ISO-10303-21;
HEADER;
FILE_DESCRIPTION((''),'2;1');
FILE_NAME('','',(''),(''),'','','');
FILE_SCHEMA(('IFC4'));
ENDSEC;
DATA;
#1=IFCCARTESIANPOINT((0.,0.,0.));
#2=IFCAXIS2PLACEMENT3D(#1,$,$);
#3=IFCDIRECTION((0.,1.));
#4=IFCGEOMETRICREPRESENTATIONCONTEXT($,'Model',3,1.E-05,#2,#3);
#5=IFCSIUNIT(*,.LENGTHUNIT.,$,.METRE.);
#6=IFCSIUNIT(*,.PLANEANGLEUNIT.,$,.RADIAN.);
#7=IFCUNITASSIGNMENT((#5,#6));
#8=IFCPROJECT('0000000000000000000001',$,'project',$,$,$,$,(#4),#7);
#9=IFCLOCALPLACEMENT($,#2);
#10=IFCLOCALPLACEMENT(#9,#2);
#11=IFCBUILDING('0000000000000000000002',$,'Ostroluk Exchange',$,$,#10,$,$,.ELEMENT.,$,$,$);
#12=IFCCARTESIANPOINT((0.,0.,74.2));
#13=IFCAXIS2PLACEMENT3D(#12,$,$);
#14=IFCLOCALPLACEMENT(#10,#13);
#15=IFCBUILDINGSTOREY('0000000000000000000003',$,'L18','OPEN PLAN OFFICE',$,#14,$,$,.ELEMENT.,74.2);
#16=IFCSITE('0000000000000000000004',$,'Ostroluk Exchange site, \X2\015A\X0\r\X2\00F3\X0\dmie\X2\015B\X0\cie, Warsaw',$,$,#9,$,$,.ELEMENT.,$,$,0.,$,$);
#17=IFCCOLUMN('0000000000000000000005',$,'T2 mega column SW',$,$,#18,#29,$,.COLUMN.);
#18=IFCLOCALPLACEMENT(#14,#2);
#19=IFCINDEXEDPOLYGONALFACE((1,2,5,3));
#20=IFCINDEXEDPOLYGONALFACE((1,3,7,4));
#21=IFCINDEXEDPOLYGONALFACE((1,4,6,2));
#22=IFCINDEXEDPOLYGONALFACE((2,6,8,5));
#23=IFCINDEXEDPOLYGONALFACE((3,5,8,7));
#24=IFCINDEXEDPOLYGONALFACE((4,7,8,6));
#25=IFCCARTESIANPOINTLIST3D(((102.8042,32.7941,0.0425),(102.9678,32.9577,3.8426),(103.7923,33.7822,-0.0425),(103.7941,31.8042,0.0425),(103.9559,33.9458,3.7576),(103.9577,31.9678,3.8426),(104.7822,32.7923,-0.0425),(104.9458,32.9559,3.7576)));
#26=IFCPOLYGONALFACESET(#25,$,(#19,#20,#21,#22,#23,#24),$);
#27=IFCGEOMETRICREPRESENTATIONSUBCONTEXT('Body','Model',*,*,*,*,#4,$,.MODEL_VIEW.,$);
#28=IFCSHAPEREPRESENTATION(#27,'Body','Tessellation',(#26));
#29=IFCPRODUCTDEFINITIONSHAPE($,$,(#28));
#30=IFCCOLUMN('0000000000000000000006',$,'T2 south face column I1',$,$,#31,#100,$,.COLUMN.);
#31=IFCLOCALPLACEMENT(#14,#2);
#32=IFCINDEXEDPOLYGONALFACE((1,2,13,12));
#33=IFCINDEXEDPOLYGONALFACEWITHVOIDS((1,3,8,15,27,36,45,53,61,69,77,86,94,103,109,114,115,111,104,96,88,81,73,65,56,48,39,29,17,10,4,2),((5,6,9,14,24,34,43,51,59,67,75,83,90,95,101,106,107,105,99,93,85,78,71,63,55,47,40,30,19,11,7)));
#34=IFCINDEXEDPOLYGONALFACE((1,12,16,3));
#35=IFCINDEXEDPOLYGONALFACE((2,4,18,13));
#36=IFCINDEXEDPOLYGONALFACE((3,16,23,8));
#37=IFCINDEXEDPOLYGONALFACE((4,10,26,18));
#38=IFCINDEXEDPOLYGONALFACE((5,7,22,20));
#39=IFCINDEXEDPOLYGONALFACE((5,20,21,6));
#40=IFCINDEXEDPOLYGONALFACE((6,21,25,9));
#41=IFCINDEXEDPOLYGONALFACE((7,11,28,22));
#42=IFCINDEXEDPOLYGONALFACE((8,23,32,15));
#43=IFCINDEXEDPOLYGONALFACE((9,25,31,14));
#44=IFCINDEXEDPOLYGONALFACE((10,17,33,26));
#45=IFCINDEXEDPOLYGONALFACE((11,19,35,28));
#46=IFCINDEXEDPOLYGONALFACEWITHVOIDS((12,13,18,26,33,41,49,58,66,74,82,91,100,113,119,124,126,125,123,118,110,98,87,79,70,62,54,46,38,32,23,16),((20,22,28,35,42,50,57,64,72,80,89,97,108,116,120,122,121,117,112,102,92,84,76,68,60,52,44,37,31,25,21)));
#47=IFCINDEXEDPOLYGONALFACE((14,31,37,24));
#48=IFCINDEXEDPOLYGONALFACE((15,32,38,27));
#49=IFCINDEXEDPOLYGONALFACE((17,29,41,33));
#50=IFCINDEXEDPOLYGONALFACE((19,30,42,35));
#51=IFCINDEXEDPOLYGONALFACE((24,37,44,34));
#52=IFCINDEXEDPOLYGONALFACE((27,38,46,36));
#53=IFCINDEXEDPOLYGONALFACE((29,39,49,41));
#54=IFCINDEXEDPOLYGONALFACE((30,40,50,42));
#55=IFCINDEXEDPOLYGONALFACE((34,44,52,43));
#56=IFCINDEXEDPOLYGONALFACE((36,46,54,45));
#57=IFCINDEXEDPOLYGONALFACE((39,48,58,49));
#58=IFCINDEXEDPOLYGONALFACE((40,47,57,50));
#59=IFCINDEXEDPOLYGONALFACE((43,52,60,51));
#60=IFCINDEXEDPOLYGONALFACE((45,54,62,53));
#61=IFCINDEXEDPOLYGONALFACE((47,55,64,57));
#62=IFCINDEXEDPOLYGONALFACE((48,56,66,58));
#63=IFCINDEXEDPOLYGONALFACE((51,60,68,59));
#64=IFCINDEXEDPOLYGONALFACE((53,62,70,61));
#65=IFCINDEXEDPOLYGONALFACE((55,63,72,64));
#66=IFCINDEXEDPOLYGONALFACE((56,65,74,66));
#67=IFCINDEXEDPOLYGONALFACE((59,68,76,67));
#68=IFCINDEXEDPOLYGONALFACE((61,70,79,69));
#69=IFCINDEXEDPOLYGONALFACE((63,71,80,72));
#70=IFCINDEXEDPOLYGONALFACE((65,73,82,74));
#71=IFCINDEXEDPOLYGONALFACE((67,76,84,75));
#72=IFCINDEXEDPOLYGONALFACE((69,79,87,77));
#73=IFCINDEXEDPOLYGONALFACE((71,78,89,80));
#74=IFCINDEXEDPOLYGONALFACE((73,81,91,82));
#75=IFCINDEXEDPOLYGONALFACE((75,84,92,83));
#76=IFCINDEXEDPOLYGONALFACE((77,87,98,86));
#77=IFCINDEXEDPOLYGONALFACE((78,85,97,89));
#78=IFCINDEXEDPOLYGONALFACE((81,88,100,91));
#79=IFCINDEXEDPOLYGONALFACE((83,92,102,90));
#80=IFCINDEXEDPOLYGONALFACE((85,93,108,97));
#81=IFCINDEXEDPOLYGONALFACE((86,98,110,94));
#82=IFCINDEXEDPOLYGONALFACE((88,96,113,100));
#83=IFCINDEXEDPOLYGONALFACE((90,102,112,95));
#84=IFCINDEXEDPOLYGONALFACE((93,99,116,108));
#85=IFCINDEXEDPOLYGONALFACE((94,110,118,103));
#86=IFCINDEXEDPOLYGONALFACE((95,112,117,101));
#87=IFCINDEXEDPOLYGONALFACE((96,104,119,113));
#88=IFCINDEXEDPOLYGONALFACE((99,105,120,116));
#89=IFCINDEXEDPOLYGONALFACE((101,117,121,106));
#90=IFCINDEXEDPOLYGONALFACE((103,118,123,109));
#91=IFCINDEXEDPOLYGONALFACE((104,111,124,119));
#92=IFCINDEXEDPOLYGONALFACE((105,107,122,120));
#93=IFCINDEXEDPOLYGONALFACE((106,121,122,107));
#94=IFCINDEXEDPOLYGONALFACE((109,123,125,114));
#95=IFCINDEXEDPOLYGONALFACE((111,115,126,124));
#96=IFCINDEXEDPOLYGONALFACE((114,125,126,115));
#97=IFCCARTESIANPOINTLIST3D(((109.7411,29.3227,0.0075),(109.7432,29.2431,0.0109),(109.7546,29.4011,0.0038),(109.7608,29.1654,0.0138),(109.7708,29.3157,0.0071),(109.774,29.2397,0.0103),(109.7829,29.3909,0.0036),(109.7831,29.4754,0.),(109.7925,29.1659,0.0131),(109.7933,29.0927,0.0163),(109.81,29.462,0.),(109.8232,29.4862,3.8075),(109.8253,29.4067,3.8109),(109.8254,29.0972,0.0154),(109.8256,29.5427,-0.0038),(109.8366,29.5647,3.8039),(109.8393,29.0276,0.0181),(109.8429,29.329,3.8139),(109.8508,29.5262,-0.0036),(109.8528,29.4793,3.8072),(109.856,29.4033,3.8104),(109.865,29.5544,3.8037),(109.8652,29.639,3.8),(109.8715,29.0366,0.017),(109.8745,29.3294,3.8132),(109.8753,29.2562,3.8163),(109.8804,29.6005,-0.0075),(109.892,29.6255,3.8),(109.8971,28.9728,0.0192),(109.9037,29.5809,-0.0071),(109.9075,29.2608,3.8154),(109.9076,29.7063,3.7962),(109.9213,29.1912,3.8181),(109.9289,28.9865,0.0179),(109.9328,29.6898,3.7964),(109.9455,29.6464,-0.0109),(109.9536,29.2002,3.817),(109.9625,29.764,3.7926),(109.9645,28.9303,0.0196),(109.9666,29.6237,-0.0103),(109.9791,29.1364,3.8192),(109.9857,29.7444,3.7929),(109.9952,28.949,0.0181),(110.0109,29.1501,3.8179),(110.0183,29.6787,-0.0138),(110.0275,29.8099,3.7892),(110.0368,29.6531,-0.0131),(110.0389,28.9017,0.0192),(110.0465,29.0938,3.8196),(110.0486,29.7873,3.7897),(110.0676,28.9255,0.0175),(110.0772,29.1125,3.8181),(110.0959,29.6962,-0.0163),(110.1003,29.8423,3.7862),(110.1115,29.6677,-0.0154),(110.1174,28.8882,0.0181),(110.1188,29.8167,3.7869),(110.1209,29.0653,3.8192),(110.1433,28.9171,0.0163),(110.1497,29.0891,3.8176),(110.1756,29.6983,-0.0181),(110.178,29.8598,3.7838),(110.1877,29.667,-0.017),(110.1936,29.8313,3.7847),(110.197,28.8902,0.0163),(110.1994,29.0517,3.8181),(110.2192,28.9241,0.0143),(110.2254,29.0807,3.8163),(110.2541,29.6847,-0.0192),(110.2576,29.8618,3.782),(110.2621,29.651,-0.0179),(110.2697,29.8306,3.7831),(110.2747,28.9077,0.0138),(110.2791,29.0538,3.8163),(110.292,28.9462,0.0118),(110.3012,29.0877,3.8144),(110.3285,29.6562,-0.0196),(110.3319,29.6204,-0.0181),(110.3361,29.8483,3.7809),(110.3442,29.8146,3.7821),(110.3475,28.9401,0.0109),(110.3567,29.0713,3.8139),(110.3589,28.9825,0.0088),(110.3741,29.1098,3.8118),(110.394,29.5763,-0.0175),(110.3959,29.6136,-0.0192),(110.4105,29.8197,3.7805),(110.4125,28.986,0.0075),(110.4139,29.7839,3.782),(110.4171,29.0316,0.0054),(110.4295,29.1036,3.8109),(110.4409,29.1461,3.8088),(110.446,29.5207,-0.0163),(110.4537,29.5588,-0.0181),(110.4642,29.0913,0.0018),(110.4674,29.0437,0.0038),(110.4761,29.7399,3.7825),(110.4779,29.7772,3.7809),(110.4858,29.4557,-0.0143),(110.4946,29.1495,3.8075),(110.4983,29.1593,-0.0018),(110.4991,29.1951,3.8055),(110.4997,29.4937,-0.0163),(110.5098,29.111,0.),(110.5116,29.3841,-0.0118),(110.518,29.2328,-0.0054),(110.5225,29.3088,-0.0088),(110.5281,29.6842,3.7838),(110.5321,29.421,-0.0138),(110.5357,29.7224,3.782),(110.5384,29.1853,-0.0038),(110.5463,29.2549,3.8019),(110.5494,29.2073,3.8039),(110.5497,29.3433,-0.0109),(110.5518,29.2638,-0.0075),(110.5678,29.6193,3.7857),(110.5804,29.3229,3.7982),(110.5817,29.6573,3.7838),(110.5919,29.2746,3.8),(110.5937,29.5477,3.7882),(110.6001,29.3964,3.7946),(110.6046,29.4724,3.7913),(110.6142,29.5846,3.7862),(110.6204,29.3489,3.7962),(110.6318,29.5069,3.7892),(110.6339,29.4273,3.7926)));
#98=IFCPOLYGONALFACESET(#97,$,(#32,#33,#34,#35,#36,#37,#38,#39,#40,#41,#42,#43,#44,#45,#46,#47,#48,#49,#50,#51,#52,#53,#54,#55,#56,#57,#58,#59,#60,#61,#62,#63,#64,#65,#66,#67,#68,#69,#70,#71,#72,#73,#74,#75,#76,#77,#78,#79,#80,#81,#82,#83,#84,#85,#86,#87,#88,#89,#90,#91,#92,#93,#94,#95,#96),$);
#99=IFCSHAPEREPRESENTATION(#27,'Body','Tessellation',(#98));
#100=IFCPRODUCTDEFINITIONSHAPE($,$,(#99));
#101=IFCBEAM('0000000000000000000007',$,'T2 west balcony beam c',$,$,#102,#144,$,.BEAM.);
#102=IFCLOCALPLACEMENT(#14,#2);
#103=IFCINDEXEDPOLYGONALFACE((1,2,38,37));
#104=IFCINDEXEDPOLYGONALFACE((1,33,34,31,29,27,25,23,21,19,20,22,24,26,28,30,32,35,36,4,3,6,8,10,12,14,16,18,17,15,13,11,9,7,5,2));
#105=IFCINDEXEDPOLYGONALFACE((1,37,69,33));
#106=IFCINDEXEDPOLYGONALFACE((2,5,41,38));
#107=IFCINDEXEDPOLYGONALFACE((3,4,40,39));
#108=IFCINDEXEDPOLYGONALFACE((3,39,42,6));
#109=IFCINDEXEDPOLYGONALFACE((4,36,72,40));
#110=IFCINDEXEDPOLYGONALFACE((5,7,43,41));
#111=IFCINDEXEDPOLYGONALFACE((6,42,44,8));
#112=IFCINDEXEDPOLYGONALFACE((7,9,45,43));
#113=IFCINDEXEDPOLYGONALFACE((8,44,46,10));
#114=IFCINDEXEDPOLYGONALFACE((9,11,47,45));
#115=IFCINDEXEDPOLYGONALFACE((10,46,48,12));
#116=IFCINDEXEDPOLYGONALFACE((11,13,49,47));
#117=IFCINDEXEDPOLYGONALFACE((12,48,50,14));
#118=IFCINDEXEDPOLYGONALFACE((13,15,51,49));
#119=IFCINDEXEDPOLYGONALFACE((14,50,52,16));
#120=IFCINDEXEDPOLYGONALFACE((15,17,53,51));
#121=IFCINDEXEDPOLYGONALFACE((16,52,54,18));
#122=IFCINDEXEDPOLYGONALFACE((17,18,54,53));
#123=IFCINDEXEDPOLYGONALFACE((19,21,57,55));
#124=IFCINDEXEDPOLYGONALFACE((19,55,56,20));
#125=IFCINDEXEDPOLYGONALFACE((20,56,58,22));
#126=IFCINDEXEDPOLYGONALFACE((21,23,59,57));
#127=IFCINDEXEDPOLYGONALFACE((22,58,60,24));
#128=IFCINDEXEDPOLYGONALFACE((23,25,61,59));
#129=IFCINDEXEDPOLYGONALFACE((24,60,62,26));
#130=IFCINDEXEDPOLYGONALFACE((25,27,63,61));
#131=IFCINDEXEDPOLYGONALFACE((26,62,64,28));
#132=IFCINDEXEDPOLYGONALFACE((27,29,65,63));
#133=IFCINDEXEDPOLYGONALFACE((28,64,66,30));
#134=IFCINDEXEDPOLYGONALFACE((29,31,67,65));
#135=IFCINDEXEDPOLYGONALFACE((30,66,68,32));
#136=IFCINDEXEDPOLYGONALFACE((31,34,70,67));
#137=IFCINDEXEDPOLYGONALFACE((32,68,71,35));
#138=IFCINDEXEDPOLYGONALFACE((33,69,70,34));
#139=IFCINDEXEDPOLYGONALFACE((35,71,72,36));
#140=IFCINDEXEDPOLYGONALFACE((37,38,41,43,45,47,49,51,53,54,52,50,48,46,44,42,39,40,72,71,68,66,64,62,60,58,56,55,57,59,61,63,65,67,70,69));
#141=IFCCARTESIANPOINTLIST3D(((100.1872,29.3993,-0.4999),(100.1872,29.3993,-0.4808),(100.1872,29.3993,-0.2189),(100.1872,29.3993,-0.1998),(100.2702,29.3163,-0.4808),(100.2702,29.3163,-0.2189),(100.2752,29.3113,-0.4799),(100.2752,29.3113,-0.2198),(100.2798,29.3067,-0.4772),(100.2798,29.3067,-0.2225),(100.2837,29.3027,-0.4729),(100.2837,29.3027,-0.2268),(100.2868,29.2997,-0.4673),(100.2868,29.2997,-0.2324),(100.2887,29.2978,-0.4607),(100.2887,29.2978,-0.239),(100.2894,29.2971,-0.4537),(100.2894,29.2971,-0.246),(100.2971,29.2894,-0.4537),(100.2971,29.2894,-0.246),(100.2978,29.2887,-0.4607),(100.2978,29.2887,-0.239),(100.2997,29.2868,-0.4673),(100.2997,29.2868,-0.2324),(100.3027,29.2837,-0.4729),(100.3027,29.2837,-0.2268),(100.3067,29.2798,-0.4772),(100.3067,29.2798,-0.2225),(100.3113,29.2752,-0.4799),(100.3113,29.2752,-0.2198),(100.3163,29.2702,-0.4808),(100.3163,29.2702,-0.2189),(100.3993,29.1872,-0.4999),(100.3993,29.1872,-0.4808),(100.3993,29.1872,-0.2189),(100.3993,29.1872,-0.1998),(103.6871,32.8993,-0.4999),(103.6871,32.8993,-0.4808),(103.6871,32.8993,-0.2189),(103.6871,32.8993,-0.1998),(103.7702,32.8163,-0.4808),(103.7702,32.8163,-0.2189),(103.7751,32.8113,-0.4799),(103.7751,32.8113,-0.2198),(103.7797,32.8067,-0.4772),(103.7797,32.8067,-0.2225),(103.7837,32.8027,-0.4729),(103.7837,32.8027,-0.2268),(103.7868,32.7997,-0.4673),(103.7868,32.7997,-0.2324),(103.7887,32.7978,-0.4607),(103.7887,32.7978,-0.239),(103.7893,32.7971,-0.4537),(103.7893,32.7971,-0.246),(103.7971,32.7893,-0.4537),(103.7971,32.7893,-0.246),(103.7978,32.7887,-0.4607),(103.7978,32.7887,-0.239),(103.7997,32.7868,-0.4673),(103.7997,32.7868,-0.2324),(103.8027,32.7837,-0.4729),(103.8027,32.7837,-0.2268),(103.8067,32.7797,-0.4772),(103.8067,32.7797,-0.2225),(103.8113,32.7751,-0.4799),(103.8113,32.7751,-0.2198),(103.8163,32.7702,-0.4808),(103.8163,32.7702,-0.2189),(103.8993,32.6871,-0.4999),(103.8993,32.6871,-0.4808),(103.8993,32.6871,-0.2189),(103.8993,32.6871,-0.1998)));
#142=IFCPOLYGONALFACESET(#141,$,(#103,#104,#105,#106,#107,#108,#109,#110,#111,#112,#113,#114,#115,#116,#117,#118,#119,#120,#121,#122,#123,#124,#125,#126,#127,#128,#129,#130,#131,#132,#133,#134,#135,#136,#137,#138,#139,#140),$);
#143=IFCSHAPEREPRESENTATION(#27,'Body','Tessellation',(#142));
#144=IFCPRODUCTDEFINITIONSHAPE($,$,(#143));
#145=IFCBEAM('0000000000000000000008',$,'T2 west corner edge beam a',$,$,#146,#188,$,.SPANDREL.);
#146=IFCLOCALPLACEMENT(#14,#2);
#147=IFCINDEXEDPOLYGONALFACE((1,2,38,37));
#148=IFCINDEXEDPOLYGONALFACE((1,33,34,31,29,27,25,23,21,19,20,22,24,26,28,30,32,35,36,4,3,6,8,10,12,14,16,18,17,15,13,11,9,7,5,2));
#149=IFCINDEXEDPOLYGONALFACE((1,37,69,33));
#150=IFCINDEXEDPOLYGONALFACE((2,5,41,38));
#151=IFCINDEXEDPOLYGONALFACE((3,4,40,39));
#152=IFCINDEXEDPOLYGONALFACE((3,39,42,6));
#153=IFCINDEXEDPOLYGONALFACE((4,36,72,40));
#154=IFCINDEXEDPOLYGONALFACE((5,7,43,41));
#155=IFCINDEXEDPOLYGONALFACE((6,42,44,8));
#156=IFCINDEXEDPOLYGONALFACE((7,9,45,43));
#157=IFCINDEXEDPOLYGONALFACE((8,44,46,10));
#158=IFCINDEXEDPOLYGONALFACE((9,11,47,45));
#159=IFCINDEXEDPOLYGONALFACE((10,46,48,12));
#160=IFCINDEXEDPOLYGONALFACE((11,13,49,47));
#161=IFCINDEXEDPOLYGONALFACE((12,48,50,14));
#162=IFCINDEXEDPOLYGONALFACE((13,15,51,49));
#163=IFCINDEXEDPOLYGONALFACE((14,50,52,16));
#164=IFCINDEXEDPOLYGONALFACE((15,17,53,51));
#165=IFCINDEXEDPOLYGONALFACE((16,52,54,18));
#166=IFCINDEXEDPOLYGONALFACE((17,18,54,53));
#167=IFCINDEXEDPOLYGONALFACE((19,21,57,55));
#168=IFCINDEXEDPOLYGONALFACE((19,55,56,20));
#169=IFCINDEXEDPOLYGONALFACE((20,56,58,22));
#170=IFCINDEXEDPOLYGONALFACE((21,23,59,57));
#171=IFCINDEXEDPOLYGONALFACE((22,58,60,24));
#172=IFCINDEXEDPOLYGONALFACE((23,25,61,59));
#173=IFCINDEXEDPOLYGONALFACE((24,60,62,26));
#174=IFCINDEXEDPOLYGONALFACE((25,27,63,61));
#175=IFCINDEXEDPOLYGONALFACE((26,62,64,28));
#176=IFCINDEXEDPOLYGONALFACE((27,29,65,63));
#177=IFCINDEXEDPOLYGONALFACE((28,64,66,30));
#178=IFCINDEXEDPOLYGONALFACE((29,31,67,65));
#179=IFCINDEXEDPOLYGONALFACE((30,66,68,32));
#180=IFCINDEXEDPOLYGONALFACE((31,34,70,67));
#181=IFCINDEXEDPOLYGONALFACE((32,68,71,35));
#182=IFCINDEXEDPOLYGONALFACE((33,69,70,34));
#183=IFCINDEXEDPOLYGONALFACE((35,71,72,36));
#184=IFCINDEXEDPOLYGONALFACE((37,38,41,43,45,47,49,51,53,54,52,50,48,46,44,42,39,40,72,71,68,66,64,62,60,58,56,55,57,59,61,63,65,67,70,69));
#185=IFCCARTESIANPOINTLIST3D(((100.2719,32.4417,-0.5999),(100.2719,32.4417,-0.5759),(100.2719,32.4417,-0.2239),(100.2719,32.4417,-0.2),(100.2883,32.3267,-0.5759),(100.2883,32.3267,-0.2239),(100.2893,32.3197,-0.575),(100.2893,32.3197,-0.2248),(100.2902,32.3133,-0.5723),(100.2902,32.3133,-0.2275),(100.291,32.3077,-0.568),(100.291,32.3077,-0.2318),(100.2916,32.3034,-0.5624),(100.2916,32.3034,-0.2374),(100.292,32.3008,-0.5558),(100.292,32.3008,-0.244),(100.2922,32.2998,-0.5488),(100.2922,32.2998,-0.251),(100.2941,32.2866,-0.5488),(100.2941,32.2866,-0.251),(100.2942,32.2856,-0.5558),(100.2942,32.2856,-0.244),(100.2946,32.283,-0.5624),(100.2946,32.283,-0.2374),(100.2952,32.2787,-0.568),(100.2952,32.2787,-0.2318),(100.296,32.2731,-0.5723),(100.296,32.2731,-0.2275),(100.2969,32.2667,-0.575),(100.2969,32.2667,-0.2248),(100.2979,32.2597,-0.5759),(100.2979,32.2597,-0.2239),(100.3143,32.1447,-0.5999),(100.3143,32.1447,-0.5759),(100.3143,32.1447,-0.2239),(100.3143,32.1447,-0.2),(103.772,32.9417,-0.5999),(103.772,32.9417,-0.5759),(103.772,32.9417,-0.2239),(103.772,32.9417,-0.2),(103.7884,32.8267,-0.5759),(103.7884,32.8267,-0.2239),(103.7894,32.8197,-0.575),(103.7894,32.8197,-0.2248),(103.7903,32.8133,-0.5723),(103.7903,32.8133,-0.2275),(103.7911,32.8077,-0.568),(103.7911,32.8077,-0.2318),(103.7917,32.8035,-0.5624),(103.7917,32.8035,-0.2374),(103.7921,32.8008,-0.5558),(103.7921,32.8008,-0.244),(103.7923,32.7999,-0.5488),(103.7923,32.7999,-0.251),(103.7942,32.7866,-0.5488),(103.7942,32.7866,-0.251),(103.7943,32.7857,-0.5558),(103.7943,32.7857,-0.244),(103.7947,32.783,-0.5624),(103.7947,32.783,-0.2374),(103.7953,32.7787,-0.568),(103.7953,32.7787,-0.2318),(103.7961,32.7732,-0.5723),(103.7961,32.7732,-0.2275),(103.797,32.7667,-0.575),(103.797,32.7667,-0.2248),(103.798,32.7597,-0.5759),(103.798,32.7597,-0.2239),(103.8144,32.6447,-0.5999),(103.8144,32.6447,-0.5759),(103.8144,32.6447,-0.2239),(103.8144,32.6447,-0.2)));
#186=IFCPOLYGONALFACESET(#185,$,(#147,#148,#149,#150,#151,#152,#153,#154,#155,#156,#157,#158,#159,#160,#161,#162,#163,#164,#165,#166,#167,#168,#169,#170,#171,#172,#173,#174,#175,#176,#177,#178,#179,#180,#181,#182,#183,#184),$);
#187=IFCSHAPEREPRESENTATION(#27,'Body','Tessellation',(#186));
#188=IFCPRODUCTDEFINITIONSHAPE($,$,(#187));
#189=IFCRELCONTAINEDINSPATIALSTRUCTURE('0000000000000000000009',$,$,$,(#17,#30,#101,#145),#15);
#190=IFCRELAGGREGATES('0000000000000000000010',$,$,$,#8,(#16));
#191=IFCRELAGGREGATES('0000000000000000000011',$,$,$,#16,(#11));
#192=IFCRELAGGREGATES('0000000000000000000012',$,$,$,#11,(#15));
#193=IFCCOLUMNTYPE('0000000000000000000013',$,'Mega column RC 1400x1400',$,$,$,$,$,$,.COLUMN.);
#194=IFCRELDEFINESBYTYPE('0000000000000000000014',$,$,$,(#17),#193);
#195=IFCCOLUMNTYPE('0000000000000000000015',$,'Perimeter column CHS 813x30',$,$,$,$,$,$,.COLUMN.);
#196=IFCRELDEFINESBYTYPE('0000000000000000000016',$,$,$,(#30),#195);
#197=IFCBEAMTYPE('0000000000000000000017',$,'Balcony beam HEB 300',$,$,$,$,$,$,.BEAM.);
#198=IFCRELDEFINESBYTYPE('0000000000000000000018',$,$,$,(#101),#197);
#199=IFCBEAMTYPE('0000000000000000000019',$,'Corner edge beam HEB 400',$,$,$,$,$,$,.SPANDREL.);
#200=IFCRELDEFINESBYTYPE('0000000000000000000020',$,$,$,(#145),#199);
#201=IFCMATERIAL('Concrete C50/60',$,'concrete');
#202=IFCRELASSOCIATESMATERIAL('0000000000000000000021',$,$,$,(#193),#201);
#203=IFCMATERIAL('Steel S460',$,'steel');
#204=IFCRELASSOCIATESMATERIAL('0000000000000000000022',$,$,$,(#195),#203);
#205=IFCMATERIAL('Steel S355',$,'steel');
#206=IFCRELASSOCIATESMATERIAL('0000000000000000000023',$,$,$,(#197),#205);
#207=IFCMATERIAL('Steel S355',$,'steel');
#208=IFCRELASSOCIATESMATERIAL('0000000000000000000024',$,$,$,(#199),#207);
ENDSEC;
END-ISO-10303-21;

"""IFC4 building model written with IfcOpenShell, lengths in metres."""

from ifc_helpers import new_model, si_unit, direction, frame, origin, origin_2d, place, context, subcontext, project, spatial, rectangle, hollow_circle, i_section, extrude, material, material_profile, profile_set, type_object, element, save


model = new_model("IFC4")

# Units and contexts
model_context = context("Model", 3, precision=1e-05, world=origin(), true_north=direction((0.0, 1.0)))
body_context = subcontext(model_context, "Body", "Model", "MODEL_VIEW")
ifc_project = project(units=[si_unit("LENGTHUNIT", "METRE"), si_unit("PLANEANGLEUNIT", "RADIAN")], contexts=[model_context])

# Site, building, storey
site_placement = place(None, origin())
site = spatial("IfcSite", under=ifc_project, at=site_placement, Name="Ostroluk Exchange site, Śródmieście, Warsaw", CompositionType="ELEMENT", RefElevation=0.0)
building_placement = place(site_placement, origin())
building = spatial("IfcBuilding", under=site, at=building_placement, Name="Ostroluk Exchange", CompositionType="ELEMENT")
storey_placement = place(building_placement, frame((0.0, 0.0, 74.2)))
storey = spatial("IfcBuildingStorey", under=building, at=storey_placement, Name="L18", Description="OPEN PLAN OFFICE", CompositionType="ELEMENT", Elevation=74.2)

# Columns
ifc_material_1 = material(Name="Concrete C50/60", Category="concrete")
ifc_material_profile_1 = material_profile(ifc_material_1, rectangle(XDim=1.3999, YDim=1.3999, at=origin_2d()), Name="RC 1400x1400")
ifc_profile_set_1 = profile_set([ifc_material_profile_1], Name="Concrete C50/60")
column_type_1 = type_object("IfcColumnType", Name="Mega column RC 1400x1400", PredefinedType="COLUMN", material=ifc_profile_set_1)
column_1_placement = place(storey_placement, frame((103.7932, 32.7932, 0.0), z_axis=(0.042966, 0.042966, 0.998152), x_axis=(-0.707107, 0.707107, 0.0)))
element("IfcColumn", 1, at=column_1_placement, inside=storey, type_object=column_type_1, Name="T2 mega column SW", PredefinedType="COLUMN", context=body_context, shape_type="SweptSolid", body=[
    extrude(rectangle(XDim=1.3999, YDim=1.3999, at=origin_2d()), origin(), (0.0, 0.0, 1.0), 3.8071),
])
ifc_material_2 = material(Name="Steel S460", Category="steel")
ifc_material_profile_2 = material_profile(ifc_material_2, hollow_circle(Radius=0.4065, WallThickness=0.03, at=origin_2d()), Name="CHS 813x30")
ifc_profile_set_2 = profile_set([ifc_material_profile_2], Name="Steel S460")
column_type_2 = type_object("IfcColumnType", Name="Perimeter column CHS 813x30", PredefinedType="COLUMN", material=ifc_profile_set_2)
column_2_placement = place(storey_placement, frame((110.1465, 29.2932, 0.0), z_axis=(0.021562, 0.042995, 0.998843), x_axis=(-0.893893, 0.448281, 0.0)))
element("IfcColumn", 2, at=column_2_placement, inside=storey, type_object=column_type_2, Name="T2 south face column I1", PredefinedType="COLUMN", context=body_context, shape_type="SweptSolid", body=[
    extrude(hollow_circle(Radius=0.4065, WallThickness=0.03, at=origin_2d()), origin(), (0.0, 0.0, 1.0), 3.8044),
])

# Beams
ifc_material_3 = material(Name="Steel S355", Category="steel")
ifc_material_profile_3 = material_profile(ifc_material_3, i_section(OverallWidth=0.3, OverallDepth=0.3, WebThickness=0.011, FlangeThickness=0.019, FilletRadius=0.0271, at=origin_2d()), Name="HEB 300")
ifc_profile_set_3 = profile_set([ifc_material_profile_3], Name="Steel S355")
beam_type_1 = type_object("IfcBeamType", Name="Balcony beam HEB 300", PredefinedType="BEAM", material=ifc_profile_set_3)
beam_1_placement = place(storey_placement, frame((103.7932, 32.7932, -0.3499), z_axis=(-0.707107, -0.707107, 0.0), x_axis=(0.707107, -0.707107, 0.0)))
element("IfcBeam", 3, at=beam_1_placement, inside=storey, type_object=beam_type_1, Name="T2 west balcony beam c", PredefinedType="BEAM", context=body_context, shape_type="SweptSolid", body=[
    extrude(i_section(OverallWidth=0.3, OverallDepth=0.3, WebThickness=0.011, FlangeThickness=0.019, FilletRadius=0.0271, at=origin_2d()), origin(), (0.0, 0.0, 1.0), 4.9497),
])
ifc_material_4 = material(Name="Steel S355", Category="steel")
ifc_material_profile_4 = material_profile(ifc_material_4, i_section(OverallWidth=0.3, OverallDepth=0.3999, WebThickness=0.0134, FlangeThickness=0.0239, FilletRadius=0.0271, at=origin_2d()), Name="HEB 400")
ifc_profile_set_4 = profile_set([ifc_material_profile_4], Name="Steel S355")
beam_type_2 = type_object("IfcBeamType", Name="Corner edge beam HEB 400", PredefinedType="SPANDREL", material=ifc_profile_set_4)
for number, where, z_axis, x_axis, name in (
    (4, (103.7932, 32.7932, -0.3999), (-0.989949, -0.141421, 0.0), (0.141421, -0.989949, 0.0), "T2 west corner edge beam a"),
):
    element("IfcBeam", number, at=place(storey_placement, frame(where, z_axis=z_axis, x_axis=x_axis)), inside=storey, type_object=beam_type_2, Name=name, PredefinedType="SPANDREL", context=body_context, shape_type="SweptSolid", body=[
        extrude(i_section(OverallWidth=0.3, OverallDepth=0.3999, WebThickness=0.0134, FlangeThickness=0.0239, FilletRadius=0.0271, at=origin_2d()), origin(), (0.0, 0.0, 1.0), 3.5356),
    ])

save(model, "model.ifc")
